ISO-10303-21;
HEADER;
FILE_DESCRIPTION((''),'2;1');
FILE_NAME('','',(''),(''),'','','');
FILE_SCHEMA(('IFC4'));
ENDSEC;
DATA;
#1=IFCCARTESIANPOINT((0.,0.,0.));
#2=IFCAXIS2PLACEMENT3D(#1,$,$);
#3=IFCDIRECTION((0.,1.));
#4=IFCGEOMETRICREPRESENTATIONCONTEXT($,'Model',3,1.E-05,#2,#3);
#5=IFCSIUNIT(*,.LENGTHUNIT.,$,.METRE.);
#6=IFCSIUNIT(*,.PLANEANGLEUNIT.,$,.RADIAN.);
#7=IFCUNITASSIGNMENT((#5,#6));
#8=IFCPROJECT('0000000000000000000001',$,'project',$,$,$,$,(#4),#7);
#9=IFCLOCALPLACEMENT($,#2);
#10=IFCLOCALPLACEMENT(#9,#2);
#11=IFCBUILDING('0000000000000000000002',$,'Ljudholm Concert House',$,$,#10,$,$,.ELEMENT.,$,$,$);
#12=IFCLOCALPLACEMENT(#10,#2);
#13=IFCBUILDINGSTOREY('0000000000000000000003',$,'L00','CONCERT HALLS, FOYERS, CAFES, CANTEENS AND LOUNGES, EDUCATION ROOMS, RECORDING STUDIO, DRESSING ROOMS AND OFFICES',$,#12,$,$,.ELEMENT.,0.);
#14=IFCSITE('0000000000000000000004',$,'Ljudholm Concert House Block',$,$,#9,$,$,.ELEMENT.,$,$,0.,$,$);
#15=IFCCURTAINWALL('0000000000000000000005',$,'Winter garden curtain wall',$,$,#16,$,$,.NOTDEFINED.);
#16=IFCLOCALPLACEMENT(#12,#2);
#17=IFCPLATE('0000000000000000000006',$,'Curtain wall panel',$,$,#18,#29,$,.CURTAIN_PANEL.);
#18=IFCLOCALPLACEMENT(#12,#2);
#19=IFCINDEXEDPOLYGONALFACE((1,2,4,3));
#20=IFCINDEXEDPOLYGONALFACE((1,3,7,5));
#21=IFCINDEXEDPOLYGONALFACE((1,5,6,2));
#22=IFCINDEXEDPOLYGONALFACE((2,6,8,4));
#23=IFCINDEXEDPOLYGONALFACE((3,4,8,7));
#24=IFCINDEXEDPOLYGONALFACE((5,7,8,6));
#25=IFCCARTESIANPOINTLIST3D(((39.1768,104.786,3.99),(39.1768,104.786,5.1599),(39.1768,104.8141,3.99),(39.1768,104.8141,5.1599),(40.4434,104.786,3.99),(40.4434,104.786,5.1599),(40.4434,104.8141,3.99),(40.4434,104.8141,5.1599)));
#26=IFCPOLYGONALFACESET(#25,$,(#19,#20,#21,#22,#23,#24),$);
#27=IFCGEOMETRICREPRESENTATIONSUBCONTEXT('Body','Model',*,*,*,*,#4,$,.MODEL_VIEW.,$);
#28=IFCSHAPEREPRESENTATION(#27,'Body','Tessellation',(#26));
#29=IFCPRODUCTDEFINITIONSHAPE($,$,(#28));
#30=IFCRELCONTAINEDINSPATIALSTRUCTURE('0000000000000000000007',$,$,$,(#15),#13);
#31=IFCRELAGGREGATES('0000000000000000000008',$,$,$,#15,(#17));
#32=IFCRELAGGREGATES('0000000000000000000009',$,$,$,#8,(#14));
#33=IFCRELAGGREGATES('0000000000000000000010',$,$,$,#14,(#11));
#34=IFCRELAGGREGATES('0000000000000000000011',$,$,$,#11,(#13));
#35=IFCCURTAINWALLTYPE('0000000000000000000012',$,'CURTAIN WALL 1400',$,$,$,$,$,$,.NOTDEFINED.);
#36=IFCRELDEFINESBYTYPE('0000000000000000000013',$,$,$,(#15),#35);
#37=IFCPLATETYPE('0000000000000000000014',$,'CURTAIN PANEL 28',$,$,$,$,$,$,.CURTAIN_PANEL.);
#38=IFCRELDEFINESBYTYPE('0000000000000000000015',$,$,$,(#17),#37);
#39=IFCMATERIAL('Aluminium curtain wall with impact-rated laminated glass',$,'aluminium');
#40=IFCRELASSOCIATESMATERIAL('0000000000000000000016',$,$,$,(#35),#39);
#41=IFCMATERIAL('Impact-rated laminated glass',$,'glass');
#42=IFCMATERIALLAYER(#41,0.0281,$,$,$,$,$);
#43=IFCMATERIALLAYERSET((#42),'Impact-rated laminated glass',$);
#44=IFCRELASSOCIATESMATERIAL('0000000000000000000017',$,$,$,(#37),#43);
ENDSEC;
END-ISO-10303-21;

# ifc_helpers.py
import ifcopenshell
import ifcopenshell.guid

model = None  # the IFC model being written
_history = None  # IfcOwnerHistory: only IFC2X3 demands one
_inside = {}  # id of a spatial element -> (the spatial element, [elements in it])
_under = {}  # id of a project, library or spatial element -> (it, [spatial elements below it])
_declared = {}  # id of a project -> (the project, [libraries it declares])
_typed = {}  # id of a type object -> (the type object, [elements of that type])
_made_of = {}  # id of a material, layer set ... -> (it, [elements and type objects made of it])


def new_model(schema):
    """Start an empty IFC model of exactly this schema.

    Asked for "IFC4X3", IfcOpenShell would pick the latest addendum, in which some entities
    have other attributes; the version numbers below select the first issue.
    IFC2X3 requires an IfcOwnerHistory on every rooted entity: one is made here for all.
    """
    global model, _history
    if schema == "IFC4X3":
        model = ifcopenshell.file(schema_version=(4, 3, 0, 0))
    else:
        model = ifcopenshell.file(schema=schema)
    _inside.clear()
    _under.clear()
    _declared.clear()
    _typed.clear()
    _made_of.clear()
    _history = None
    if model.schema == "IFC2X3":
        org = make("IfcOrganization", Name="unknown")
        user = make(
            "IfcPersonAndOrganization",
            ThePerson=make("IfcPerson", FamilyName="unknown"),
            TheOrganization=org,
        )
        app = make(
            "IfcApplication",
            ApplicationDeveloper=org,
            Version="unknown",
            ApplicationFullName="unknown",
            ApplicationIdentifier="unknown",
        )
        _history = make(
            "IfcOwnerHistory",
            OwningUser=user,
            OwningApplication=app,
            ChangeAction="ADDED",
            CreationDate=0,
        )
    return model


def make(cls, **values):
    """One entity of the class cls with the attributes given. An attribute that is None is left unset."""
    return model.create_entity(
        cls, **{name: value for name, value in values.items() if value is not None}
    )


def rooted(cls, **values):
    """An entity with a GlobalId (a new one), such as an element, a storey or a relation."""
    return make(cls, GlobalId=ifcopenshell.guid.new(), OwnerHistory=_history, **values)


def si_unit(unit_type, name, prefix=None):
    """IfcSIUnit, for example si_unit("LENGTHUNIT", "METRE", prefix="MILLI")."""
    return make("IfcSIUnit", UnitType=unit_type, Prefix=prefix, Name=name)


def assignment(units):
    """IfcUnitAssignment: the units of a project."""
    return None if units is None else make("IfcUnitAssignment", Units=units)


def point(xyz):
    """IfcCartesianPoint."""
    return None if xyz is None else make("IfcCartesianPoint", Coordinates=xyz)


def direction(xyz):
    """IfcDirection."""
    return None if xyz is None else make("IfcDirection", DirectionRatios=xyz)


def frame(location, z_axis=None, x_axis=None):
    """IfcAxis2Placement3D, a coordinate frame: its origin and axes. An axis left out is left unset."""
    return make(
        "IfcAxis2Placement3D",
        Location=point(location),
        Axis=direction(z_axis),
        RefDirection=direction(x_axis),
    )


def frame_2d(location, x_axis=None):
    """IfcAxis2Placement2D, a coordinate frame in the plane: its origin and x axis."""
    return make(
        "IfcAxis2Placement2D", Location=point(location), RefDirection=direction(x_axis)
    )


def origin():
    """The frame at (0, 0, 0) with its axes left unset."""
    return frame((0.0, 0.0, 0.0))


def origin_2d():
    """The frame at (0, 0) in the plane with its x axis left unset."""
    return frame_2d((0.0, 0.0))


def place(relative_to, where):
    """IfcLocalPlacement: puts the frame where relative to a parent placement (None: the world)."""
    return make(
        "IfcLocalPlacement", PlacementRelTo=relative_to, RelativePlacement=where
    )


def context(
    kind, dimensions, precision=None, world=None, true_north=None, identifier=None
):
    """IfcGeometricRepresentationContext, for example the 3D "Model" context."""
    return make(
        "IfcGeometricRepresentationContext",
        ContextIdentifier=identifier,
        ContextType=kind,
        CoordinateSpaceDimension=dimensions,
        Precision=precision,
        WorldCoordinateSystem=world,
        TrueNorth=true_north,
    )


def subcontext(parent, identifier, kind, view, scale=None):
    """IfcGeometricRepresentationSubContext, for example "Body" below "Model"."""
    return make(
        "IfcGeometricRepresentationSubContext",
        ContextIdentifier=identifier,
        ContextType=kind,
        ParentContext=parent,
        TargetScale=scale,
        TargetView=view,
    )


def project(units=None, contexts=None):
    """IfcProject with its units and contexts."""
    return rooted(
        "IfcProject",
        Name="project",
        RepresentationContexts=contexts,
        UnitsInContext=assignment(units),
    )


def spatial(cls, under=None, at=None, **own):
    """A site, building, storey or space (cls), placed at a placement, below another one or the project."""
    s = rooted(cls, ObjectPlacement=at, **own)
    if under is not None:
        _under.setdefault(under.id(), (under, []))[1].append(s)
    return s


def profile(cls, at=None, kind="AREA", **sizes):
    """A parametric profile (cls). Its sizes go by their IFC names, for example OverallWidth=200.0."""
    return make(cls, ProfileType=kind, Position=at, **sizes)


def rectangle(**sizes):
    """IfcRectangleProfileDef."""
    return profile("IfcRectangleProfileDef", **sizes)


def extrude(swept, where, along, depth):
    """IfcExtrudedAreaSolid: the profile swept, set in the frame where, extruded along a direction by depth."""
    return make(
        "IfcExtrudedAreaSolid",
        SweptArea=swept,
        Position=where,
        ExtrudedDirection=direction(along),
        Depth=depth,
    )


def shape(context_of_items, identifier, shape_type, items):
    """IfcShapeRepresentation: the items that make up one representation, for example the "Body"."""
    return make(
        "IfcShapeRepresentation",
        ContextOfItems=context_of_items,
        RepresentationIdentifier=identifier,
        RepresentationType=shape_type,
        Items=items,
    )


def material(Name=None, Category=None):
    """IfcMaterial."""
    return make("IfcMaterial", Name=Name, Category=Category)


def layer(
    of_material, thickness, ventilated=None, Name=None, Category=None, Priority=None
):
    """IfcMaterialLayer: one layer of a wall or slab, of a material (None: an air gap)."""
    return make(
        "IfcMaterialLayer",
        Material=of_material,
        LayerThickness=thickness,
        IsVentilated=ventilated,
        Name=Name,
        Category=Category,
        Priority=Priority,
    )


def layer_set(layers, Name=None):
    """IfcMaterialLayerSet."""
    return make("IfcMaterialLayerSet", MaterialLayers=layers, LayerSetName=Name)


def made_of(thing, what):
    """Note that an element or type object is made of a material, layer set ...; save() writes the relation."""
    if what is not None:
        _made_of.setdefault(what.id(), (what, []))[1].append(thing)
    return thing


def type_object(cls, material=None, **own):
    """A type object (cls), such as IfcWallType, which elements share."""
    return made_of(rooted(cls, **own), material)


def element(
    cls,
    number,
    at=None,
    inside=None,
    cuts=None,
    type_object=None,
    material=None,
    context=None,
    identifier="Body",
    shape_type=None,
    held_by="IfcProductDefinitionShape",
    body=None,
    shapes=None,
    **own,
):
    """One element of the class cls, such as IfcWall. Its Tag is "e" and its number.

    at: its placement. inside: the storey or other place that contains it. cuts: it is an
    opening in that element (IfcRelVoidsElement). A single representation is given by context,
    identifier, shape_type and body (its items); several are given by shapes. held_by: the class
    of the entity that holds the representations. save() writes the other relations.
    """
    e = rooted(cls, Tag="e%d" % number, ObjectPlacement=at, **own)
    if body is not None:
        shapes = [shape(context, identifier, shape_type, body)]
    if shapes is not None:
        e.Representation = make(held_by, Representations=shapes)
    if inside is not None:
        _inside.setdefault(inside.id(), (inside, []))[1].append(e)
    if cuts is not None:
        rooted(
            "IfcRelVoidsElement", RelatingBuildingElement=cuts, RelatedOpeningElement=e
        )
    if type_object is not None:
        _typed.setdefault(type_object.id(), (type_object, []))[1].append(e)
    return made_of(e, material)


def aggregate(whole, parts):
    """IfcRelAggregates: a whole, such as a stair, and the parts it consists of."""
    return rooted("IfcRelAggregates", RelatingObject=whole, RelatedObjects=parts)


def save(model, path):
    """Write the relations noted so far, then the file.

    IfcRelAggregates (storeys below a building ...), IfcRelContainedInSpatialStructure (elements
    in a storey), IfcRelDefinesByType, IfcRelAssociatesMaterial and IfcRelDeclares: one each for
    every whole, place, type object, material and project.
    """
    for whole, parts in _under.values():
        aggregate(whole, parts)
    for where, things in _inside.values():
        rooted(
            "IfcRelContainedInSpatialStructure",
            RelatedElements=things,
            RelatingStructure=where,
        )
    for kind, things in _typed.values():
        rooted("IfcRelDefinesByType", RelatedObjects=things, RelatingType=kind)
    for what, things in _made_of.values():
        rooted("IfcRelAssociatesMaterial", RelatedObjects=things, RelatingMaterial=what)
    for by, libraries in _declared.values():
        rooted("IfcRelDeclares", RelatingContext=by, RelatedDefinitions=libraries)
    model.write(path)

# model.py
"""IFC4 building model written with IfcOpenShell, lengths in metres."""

from ifc_helpers import new_model, si_unit, direction, frame, origin, origin_2d, place, context, subcontext, project, spatial, rectangle, extrude, material, layer, layer_set, type_object, element, aggregate, save


model = new_model("IFC4")

# Units and contexts
model_context = context("Model", 3, precision=1e-05, world=origin(), true_north=direction((0.0, 1.0)))
body_context = subcontext(model_context, "Body", "Model", "MODEL_VIEW")
ifc_project = project(units=[si_unit("LENGTHUNIT", "METRE"), si_unit("PLANEANGLEUNIT", "RADIAN")], contexts=[model_context])

# Site, building, storey
site_placement = place(None, origin())
site = spatial("IfcSite", under=ifc_project, at=site_placement, Name="Ljudholm Concert House Block", CompositionType="ELEMENT", RefElevation=0.0)
building_placement = place(site_placement, origin())
building = spatial("IfcBuilding", under=site, at=building_placement, Name="Ljudholm Concert House", CompositionType="ELEMENT")
storey_placement = place(building_placement, origin())
storey = spatial("IfcBuildingStorey", under=building, at=storey_placement, Name="L00", Description="CONCERT HALLS, FOYERS, CAFES, CANTEENS AND LOUNGES, EDUCATION ROOMS, RECORDING STUDIO, DRESSING ROOMS AND OFFICES", CompositionType="ELEMENT", Elevation=0.0)

# Curtain wall
ifc_material_1 = material(Name="Aluminium curtain wall with impact-rated laminated glass", Category="aluminium")
curtain_wall_type = type_object("IfcCurtainWallType", Name="CURTAIN WALL 1400", PredefinedType="NOTDEFINED", material=ifc_material_1)
curtain_wall_1_placement = place(storey_placement, origin())
curtain_wall_1 = element("IfcCurtainWall", 1, at=curtain_wall_1_placement, inside=storey, type_object=curtain_wall_type, Name="Winter garden curtain wall", PredefinedType="NOTDEFINED")

# Plate
ifc_material_2 = material(Name="Impact-rated laminated glass", Category="glass")
ifc_layer_1 = layer(ifc_material_2, 0.0281)
ifc_layer_set_1 = layer_set([ifc_layer_1], Name="Impact-rated laminated glass")
plate_type = type_object("IfcPlateType", Name="CURTAIN PANEL 28", PredefinedType="CURTAIN_PANEL", material=ifc_layer_set_1)
plate_1_placement = place(storey_placement, frame((39.8101, 104.8, 3.99), z_axis=(0.0, 0.0, 1.0), x_axis=(1.0, 0.0, 0.0)))
plate_1 = element("IfcPlate", 2, at=plate_1_placement, type_object=plate_type, Name="Curtain wall panel", PredefinedType="CURTAIN_PANEL", context=body_context, shape_type="SweptSolid", body=[
    extrude(rectangle(XDim=1.2666, YDim=0.0281, at=origin_2d()), origin(), (0.0, 0.0, 1.0), 1.1699),
])
aggregate(curtain_wall_1, [plate_1])

save(model, "model.ifc")
